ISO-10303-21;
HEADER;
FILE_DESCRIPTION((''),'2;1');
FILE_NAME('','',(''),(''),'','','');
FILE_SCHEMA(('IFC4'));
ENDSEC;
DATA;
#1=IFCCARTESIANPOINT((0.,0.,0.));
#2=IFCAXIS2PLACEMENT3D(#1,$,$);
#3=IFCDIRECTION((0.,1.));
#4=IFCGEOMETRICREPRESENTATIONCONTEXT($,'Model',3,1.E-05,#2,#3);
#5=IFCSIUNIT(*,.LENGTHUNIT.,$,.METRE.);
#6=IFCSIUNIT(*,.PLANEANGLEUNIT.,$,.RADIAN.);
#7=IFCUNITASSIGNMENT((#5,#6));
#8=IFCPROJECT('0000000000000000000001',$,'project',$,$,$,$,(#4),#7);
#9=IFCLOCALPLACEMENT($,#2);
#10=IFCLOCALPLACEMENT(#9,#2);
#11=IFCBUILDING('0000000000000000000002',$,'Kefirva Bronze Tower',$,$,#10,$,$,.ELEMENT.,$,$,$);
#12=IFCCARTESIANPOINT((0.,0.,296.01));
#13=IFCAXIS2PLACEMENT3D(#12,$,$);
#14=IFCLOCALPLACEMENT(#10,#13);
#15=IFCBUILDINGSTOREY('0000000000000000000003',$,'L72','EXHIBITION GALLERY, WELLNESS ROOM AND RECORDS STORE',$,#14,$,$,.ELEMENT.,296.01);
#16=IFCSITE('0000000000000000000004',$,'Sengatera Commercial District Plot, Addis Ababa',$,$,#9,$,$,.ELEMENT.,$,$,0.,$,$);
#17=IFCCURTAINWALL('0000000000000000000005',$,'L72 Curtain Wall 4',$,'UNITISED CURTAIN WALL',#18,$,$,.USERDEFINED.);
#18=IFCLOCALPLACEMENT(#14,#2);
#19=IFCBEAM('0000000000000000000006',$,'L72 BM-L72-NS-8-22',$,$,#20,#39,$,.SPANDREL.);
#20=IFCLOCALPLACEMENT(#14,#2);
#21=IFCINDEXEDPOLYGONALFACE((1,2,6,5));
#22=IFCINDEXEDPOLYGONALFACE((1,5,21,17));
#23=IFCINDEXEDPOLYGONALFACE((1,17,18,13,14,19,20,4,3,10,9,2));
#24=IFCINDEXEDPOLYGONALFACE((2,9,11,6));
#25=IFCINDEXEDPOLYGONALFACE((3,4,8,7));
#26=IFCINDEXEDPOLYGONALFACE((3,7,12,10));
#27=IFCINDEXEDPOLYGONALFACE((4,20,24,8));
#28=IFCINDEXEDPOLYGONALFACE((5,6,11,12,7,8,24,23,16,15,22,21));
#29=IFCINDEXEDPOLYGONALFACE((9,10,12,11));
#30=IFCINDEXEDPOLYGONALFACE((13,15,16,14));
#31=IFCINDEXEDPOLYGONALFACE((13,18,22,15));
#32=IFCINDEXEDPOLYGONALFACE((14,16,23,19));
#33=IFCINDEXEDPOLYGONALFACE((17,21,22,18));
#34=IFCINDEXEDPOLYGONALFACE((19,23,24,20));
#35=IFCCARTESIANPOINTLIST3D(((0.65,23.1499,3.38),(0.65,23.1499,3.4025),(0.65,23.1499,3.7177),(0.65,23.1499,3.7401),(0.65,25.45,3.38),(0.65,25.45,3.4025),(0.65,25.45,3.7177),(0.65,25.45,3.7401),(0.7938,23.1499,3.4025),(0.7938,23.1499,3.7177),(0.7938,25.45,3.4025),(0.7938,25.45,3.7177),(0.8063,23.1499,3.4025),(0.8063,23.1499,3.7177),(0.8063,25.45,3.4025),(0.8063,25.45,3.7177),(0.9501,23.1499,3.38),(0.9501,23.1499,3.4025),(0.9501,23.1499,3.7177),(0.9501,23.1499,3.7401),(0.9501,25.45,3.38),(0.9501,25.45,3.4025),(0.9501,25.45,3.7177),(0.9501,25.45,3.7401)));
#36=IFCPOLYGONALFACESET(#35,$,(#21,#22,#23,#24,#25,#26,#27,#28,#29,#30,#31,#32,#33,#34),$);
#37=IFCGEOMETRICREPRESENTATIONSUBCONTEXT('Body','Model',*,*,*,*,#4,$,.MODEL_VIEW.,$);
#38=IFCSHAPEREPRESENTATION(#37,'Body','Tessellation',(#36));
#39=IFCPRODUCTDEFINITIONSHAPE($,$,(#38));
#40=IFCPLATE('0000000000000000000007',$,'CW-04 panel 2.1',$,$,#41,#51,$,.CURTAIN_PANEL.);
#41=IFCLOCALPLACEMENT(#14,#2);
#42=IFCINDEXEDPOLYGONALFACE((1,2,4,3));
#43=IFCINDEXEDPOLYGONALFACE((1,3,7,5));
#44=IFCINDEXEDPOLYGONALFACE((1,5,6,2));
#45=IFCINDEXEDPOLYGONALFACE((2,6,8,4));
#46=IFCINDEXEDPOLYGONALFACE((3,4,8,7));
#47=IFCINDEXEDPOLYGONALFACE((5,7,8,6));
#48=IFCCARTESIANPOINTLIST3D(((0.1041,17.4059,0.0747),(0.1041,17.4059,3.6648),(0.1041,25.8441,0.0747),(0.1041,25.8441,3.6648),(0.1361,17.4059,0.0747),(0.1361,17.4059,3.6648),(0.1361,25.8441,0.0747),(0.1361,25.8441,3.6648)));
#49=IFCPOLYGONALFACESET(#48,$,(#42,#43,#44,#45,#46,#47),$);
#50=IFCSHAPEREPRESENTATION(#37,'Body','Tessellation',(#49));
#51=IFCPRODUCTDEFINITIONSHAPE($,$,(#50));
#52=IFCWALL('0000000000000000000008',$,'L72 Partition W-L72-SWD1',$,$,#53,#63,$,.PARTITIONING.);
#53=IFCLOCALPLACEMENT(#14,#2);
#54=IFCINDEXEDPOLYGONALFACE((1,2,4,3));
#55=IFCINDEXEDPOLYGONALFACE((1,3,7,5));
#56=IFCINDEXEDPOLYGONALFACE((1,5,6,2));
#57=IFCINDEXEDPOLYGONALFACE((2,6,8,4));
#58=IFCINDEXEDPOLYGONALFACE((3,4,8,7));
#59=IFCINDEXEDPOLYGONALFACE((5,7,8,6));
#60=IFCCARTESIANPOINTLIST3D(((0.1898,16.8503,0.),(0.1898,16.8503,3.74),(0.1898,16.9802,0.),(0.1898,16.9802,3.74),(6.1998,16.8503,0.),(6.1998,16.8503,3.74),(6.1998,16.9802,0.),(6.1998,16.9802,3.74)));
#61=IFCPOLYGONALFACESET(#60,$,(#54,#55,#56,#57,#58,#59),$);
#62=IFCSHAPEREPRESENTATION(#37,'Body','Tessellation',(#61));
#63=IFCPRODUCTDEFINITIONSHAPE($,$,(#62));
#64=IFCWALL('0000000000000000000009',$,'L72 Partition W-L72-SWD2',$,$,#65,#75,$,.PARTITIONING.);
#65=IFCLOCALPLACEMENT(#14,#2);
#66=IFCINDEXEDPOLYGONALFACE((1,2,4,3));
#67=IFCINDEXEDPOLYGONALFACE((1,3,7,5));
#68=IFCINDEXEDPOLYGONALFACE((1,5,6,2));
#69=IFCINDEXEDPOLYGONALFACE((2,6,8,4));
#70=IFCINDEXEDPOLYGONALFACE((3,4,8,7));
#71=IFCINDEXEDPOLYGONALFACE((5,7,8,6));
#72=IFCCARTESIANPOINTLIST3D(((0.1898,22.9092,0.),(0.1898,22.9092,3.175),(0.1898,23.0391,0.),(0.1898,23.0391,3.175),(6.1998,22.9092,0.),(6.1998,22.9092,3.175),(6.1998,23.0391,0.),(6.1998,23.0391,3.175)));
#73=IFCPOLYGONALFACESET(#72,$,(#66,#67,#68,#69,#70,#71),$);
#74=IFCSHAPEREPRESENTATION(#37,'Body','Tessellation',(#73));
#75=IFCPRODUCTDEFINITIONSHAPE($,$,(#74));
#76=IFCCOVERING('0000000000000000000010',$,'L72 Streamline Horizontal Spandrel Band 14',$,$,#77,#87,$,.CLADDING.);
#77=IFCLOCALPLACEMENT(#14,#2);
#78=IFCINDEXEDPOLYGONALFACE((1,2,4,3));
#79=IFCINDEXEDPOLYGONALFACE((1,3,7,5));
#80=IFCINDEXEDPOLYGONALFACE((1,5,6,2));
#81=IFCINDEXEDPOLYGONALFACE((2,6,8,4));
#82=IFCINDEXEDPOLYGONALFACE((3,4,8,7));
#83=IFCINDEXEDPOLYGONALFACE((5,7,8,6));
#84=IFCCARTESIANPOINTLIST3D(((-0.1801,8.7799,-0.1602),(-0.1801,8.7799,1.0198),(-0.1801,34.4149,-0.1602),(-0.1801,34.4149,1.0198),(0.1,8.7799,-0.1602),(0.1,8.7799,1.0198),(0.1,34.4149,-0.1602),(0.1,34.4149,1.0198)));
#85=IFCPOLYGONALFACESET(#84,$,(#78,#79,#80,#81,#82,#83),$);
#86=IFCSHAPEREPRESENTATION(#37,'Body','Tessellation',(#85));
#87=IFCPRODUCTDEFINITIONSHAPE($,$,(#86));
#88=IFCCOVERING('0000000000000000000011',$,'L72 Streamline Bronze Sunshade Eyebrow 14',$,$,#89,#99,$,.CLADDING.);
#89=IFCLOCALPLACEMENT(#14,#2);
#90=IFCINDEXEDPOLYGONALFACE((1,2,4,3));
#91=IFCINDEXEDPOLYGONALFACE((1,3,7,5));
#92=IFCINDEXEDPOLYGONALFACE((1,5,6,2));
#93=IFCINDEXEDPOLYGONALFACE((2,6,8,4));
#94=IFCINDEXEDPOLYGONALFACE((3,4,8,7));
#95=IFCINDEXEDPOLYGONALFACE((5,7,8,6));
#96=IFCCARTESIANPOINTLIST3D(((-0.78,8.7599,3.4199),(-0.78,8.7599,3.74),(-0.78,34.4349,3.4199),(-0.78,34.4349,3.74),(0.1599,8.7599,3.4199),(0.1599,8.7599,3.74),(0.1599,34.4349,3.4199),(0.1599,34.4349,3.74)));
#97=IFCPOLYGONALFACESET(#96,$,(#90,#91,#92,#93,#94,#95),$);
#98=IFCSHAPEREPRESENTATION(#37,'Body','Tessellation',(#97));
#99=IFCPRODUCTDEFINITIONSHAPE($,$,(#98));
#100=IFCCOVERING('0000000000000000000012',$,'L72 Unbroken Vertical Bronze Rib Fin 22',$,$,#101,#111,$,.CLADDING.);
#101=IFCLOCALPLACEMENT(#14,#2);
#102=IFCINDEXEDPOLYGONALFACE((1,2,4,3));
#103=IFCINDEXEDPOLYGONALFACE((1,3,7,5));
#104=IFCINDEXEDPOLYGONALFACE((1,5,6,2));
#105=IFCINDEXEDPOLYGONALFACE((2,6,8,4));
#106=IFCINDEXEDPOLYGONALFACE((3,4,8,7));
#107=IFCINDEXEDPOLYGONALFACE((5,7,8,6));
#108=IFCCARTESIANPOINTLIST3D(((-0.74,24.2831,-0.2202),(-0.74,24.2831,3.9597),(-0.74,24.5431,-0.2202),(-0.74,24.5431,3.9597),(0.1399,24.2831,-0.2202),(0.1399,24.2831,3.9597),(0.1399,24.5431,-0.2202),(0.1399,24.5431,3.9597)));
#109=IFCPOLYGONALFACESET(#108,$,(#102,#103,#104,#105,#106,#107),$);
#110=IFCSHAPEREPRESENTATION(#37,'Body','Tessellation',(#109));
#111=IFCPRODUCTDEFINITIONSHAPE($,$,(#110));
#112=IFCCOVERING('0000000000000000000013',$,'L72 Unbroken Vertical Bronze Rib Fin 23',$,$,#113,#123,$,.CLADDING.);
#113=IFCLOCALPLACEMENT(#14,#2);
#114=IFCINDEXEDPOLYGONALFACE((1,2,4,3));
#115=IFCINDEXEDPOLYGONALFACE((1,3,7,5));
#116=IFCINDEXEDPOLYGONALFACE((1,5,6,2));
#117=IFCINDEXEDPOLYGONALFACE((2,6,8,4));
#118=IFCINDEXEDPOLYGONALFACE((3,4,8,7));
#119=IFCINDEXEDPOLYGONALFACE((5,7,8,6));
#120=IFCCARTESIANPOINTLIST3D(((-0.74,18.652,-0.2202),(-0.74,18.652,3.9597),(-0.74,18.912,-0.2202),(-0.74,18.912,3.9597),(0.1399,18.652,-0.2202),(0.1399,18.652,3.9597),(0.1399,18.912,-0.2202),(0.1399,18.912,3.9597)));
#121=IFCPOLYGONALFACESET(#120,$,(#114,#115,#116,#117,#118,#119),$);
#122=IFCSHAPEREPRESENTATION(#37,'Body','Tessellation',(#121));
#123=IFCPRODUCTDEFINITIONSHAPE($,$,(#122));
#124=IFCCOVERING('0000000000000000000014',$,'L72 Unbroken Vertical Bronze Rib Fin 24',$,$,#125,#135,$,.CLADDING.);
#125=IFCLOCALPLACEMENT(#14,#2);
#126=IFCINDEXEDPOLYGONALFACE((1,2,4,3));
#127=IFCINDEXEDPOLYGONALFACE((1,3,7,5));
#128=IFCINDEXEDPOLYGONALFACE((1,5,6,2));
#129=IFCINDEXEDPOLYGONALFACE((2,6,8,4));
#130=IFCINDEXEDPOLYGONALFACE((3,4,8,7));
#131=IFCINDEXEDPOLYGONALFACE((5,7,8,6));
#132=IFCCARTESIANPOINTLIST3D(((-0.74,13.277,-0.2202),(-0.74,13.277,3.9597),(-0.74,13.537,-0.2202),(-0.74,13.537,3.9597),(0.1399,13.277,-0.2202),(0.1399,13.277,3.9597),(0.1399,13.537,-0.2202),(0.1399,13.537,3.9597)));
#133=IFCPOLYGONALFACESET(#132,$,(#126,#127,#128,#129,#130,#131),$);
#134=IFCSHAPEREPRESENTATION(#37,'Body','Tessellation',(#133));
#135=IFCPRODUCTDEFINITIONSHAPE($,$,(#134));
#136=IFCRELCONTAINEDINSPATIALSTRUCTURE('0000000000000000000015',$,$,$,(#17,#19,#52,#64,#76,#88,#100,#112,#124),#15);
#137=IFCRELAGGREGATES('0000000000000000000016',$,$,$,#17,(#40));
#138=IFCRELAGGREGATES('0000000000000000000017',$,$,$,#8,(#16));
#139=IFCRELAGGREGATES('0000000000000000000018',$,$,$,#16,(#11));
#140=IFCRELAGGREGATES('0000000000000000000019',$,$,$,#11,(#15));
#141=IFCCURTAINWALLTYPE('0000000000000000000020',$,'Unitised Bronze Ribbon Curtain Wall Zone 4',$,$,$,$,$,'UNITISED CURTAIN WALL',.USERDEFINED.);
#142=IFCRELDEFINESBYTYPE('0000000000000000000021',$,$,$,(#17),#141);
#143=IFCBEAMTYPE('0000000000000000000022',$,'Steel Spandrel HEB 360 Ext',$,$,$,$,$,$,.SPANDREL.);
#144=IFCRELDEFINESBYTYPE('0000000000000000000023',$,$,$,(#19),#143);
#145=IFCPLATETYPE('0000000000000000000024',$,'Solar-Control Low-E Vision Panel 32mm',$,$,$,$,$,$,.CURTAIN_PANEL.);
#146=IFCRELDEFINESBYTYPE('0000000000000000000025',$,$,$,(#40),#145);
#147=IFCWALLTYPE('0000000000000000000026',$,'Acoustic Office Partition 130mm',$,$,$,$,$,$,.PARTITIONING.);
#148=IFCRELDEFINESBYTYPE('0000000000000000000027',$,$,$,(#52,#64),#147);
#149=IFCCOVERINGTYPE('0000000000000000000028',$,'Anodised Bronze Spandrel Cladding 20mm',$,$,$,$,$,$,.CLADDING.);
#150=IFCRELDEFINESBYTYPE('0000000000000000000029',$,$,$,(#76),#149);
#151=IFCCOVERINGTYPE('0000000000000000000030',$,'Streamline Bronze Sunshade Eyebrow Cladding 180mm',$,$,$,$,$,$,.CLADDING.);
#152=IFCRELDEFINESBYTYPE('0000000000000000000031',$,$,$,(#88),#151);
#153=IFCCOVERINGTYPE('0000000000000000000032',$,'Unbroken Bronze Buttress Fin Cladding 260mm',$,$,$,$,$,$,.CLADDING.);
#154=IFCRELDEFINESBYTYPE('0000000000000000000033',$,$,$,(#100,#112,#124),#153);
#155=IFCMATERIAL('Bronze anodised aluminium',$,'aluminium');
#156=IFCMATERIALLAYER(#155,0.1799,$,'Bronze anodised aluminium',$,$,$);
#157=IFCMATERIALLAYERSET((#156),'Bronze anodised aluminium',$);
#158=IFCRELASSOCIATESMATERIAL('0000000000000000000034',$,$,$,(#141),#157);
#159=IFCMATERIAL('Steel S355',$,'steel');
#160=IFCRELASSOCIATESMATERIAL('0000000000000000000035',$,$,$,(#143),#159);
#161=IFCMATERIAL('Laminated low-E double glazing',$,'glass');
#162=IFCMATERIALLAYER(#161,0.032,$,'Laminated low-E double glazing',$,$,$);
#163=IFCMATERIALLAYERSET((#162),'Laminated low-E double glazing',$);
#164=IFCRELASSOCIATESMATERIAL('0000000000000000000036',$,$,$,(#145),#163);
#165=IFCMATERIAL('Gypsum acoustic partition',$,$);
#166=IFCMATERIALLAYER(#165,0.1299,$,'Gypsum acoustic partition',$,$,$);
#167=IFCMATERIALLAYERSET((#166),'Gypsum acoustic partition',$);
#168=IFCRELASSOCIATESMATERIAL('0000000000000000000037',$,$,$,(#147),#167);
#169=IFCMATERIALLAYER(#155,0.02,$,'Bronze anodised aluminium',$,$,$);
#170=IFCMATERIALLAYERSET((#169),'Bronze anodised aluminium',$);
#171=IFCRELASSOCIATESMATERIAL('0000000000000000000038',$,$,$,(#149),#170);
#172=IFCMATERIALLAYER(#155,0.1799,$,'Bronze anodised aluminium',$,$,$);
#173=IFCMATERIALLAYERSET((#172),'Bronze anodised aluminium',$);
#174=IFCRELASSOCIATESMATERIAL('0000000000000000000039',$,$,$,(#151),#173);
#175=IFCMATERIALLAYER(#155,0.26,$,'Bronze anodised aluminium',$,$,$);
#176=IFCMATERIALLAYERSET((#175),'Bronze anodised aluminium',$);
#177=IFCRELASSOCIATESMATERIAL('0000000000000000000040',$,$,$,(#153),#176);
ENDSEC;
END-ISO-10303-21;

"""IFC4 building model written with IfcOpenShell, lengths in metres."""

from ifc_helpers import new_model, si_unit, direction, frame, frame_2d, origin, origin_2d, place, context, subcontext, project, spatial, rectangle, i_section, extrude, material, layer, layer_set, material_profile, profile_set, type_object, element, aggregate, save


model = new_model("IFC4")

# Units and contexts
model_context = context("Model", 3, precision=1e-05, world=origin(), true_north=direction((0.0, 1.0)))
body_context = subcontext(model_context, "Body", "Model", "MODEL_VIEW")
ifc_project = project(units=[si_unit("LENGTHUNIT", "METRE"), si_unit("PLANEANGLEUNIT", "RADIAN")], contexts=[model_context])

# Site, building, storey
site_placement = place(None, origin())
site = spatial("IfcSite", under=ifc_project, at=site_placement, Name="Sengatera Commercial District Plot, Addis Ababa", CompositionType="ELEMENT", RefElevation=0.0)
building_placement = place(site_placement, origin())
building = spatial("IfcBuilding", under=site, at=building_placement, Name="Kefirva Bronze Tower", CompositionType="ELEMENT")
storey_placement = place(building_placement, frame((0.0, 0.0, 296.01)))
storey = spatial("IfcBuildingStorey", under=building, at=storey_placement, Name="L72", Description="EXHIBITION GALLERY, WELLNESS ROOM AND RECORDS STORE", CompositionType="ELEMENT", Elevation=296.01)

# Curtain wall
ifc_material_1 = material(Name="Bronze anodised aluminium", Category="aluminium")
ifc_layer_1 = layer(ifc_material_1, 0.1799, Name="Bronze anodised aluminium")
ifc_layer_set_1 = layer_set([ifc_layer_1], Name="Bronze anodised aluminium")
curtain_wall_type = type_object("IfcCurtainWallType", Name="Unitised Bronze Ribbon Curtain Wall Zone 4", ElementType="UNITISED CURTAIN WALL", PredefinedType="USERDEFINED", material=ifc_layer_set_1)
curtain_wall_placement = place(storey_placement, origin())
curtain_wall = element("IfcCurtainWall", 1, at=curtain_wall_placement, inside=storey, type_object=curtain_wall_type, Name="L72 Curtain Wall 4", ObjectType="UNITISED CURTAIN WALL", PredefinedType="USERDEFINED")

# Beam
ifc_material_2 = material(Name="Steel S355", Category="steel")
ifc_material_profile_1 = material_profile(ifc_material_2, i_section(OverallWidth=0.3, OverallDepth=0.3601, WebThickness=0.0125, FlangeThickness=0.0225, at=origin_2d()), Name="HEB 360")
ifc_profile_set_1 = profile_set([ifc_material_profile_1], Name="Steel S355")
beam_type_1 = type_object("IfcBeamType", Name="Steel Spandrel HEB 360 Ext", PredefinedType="SPANDREL", material=ifc_profile_set_1)
beam_1_placement = place(storey_placement, frame((0.8, 23.1499, 3.5601), z_axis=(0.0, 1.0, 0.0), x_axis=(-1.0, 0.0, 0.0)))
element("IfcBeam", 2, at=beam_1_placement, inside=storey, type_object=beam_type_1, Name="L72 BM-L72-NS-8-22", PredefinedType="SPANDREL", context=body_context, shape_type="SweptSolid", body=[
    extrude(i_section(OverallWidth=0.3, OverallDepth=0.3601, WebThickness=0.0125, FlangeThickness=0.0225, at=origin_2d()), origin(), (0.0, 0.0, 1.0), 2.3),
])

# Plate
ifc_material_3 = material(Name="Laminated low-E double glazing", Category="glass")
ifc_layer_2 = layer(ifc_material_3, 0.032, Name="Laminated low-E double glazing")
ifc_layer_set_2 = layer_set([ifc_layer_2], Name="Laminated low-E double glazing")
plate_type = type_object("IfcPlateType", Name="Solar-Control Low-E Vision Panel 32mm", PredefinedType="CURTAIN_PANEL", material=ifc_layer_set_2)
plate_placement = place(storey_placement, frame((0.1201, 21.625, 0.0747), z_axis=(0.0, 0.0, 1.0), x_axis=(0.0, -1.0, 0.0)))
plate = element("IfcPlate", 3, at=plate_placement, type_object=plate_type, Name="CW-04 panel 2.1", PredefinedType="CURTAIN_PANEL", context=body_context, shape_type="SweptSolid", body=[
    extrude(rectangle(XDim=8.4382, YDim=0.032, at=origin_2d()), origin(), (0.0, 0.0, 1.0), 3.5901),
])
aggregate(curtain_wall, [plate])

# Walls
ifc_material_4 = material(Name="Gypsum acoustic partition")
ifc_layer_3 = layer(ifc_material_4, 0.1299, Name="Gypsum acoustic partition")
ifc_layer_set_3 = layer_set([ifc_layer_3], Name="Gypsum acoustic partition")
wall_type = type_object("IfcWallType", Name="Acoustic Office Partition 130mm", PredefinedType="PARTITIONING", material=ifc_layer_set_3)
wall_1_placement = place(storey_placement, frame((0.1899, 16.9153, 0.0), z_axis=(0.0, 0.0, 1.0), x_axis=(1.0, 0.0, 0.0)))
element("IfcWall", 4, at=wall_1_placement, inside=storey, type_object=wall_type, Name="L72 Partition W-L72-SWD1", PredefinedType="PARTITIONING", context=body_context, shape_type="SweptSolid", body=[
    extrude(rectangle(XDim=6.01, YDim=0.1299, at=frame_2d((3.0049, 0.0))), origin(), (0.0, 0.0, 1.0), 3.74),
])
wall_2_placement = place(storey_placement, frame((0.1899, 22.9741, 0.0), z_axis=(0.0, 0.0, 1.0), x_axis=(1.0, 0.0, 0.0)))
element("IfcWall", 5, at=wall_2_placement, inside=storey, type_object=wall_type, Name="L72 Partition W-L72-SWD2", PredefinedType="PARTITIONING", context=body_context, shape_type="SweptSolid", body=[
    extrude(rectangle(XDim=6.01, YDim=0.1299, at=frame_2d((3.0049, 0.0))), origin(), (0.0, 0.0, 1.0), 3.175),
])

# Coverings
ifc_layer_4 = layer(ifc_material_1, 0.02, Name="Bronze anodised aluminium")
ifc_layer_set_4 = layer_set([ifc_layer_4], Name="Bronze anodised aluminium")
covering_type_1 = type_object("IfcCoveringType", Name="Anodised Bronze Spandrel Cladding 20mm", PredefinedType="CLADDING", material=ifc_layer_set_4)
covering_1_placement = place(storey_placement, frame((-0.04, 21.5974, -0.1602), z_axis=(0.0, 0.0, 1.0), x_axis=(0.0, -1.0, 0.0)))
element("IfcCovering", 6, at=covering_1_placement, inside=storey, type_object=covering_type_1, Name="L72 Streamline Horizontal Spandrel Band 14", PredefinedType="CLADDING", context=body_context, shape_type="SweptSolid", body=[
    extrude(rectangle(XDim=25.635, YDim=0.28, at=origin_2d()), origin(), (0.0, 0.0, 1.0), 1.1799),
])
ifc_layer_5 = layer(ifc_material_1, 0.1799, Name="Bronze anodised aluminium")
ifc_layer_set_5 = layer_set([ifc_layer_5], Name="Bronze anodised aluminium")
covering_type_2 = type_object("IfcCoveringType", Name="Streamline Bronze Sunshade Eyebrow Cladding 180mm", PredefinedType="CLADDING", material=ifc_layer_set_5)
covering_2_placement = place(storey_placement, frame((-0.3101, 21.5974, 3.4199), z_axis=(0.0, 0.0, 1.0), x_axis=(0.0, -1.0, 0.0)))
element("IfcCovering", 7, at=covering_2_placement, inside=storey, type_object=covering_type_2, Name="L72 Streamline Bronze Sunshade Eyebrow 14", PredefinedType="CLADDING", context=body_context, shape_type="SweptSolid", body=[
    extrude(rectangle(XDim=25.675, YDim=0.9399, at=origin_2d()), origin(), (0.0, 0.0, 1.0), 0.3201),
])
ifc_layer_6 = layer(ifc_material_1, 0.26, Name="Bronze anodised aluminium")
ifc_layer_set_6 = layer_set([ifc_layer_6], Name="Bronze anodised aluminium")
covering_type_3 = type_object("IfcCoveringType", Name="Unbroken Bronze Buttress Fin Cladding 260mm", PredefinedType="CLADDING", material=ifc_layer_set_6)
for number, where, z_axis, x_axis, name in (
    (8, (-0.3, 24.4131, -0.2202), (0.0, 0.0, 1.0), (0.0, -1.0, 0.0), "L72 Unbroken Vertical Bronze Rib Fin 22"),
    (9, (-0.3, 18.782, -0.2202), (0.0, 0.0, 1.0), (0.0, -1.0, 0.0), "L72 Unbroken Vertical Bronze Rib Fin 23"),
    (10, (-0.3, 13.407, -0.2202), (0.0, 0.0, 1.0), (0.0, -1.0, 0.0), "L72 Unbroken Vertical Bronze Rib Fin 24"),
):
    element("IfcCovering", number, at=place(storey_placement, frame(where, z_axis=z_axis, x_axis=x_axis)), inside=storey, type_object=covering_type_3, Name=name, PredefinedType="CLADDING", context=body_context, shape_type="SweptSolid", body=[
        extrude(rectangle(XDim=0.26, YDim=0.8799, at=origin_2d()), origin(), (0.0, 0.0, 1.0), 4.1799),
    ])

save(model, "model.ifc")
